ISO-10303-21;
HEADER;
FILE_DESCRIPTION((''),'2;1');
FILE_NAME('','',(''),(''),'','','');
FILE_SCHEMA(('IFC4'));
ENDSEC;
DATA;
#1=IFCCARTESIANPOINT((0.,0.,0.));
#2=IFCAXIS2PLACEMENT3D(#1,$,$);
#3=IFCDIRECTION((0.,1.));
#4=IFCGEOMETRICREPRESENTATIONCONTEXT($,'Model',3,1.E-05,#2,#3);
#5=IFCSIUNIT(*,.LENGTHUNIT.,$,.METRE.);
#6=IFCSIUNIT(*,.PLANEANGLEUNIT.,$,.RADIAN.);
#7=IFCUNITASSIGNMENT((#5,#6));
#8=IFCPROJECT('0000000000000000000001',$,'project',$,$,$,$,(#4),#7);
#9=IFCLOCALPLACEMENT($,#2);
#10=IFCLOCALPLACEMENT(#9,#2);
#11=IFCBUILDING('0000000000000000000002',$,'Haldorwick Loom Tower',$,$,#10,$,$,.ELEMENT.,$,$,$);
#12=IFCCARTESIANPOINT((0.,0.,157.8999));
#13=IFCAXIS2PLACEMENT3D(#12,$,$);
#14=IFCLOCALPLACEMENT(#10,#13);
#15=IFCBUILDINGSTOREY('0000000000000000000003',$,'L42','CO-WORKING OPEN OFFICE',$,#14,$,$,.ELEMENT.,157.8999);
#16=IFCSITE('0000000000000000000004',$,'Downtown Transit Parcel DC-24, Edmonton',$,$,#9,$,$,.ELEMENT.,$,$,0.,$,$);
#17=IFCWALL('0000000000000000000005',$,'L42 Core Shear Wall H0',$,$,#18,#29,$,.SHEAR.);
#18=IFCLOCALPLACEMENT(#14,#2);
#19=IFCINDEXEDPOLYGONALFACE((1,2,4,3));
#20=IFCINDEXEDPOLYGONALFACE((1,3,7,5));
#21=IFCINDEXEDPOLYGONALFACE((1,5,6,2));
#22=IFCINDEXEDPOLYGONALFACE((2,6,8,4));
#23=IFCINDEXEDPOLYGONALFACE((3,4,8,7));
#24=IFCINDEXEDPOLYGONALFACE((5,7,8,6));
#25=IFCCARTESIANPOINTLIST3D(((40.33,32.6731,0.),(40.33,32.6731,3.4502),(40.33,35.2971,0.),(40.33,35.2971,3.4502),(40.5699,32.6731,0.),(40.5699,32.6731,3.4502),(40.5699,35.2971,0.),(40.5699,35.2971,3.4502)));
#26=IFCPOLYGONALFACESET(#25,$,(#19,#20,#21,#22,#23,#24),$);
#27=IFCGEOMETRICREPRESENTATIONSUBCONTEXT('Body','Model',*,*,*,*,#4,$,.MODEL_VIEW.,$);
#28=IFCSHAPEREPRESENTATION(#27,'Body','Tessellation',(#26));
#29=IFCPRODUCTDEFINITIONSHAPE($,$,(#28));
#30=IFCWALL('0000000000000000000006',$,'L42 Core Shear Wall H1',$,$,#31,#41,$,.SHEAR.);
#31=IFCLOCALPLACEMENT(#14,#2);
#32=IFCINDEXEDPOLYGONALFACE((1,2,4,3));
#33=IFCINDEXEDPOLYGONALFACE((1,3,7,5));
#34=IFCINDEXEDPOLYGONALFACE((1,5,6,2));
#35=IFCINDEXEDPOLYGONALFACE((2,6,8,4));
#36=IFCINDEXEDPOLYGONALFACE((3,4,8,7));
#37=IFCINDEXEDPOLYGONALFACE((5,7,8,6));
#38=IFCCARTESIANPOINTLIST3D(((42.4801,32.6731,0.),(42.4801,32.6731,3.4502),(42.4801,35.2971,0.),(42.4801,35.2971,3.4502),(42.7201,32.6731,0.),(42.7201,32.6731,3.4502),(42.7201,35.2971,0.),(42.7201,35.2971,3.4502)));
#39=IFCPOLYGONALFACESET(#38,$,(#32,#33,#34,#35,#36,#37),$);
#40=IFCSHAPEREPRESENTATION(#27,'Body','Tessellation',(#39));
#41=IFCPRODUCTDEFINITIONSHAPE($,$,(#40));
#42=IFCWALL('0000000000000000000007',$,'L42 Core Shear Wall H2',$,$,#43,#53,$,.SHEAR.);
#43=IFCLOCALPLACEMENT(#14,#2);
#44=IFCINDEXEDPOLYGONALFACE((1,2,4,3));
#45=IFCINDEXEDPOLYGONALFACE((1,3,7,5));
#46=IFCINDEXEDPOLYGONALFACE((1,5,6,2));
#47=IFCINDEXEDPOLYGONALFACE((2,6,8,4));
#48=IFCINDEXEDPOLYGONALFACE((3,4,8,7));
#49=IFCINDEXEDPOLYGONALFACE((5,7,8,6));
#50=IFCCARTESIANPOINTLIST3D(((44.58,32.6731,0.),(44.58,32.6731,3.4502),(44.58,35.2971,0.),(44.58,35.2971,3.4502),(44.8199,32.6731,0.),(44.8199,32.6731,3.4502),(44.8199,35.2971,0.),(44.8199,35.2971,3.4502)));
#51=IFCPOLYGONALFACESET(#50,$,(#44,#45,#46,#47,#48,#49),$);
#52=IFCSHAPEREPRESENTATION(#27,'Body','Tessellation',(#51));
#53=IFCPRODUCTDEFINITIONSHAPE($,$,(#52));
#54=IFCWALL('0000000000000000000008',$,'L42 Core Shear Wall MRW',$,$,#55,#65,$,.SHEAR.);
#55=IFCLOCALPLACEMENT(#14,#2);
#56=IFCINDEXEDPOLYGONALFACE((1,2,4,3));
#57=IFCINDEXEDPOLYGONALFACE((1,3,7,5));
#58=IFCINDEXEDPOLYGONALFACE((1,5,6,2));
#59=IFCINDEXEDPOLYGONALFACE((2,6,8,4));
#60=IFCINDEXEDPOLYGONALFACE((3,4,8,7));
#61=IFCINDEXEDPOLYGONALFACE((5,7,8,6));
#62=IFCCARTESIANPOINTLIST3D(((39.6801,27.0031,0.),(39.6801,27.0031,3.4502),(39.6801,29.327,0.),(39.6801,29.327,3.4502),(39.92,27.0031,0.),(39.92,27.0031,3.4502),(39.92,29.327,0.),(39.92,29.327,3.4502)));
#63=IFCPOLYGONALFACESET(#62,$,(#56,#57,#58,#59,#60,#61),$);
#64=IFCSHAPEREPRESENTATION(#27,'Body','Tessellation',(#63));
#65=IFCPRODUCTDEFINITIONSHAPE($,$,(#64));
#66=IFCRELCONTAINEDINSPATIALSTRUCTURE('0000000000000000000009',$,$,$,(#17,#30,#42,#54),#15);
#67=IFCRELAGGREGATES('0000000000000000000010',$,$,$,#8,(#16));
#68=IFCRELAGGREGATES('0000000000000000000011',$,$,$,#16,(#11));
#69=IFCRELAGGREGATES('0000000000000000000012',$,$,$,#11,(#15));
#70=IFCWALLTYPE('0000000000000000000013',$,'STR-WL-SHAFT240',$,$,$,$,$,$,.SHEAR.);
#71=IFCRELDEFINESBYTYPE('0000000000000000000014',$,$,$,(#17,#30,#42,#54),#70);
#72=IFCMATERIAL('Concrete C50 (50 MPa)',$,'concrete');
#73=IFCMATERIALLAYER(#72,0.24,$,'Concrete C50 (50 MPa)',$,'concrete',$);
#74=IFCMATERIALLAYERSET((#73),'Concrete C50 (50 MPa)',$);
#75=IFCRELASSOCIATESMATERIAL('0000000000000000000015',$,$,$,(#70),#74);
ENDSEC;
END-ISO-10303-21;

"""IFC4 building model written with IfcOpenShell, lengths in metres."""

from ifc_helpers import new_model, si_unit, direction, frame, frame_2d, origin, place, context, subcontext, project, spatial, rectangle, extrude, material, layer, layer_set, type_object, element, save


model = new_model("IFC4")

# Units and contexts
model_context = context("Model", 3, precision=1e-05, world=origin(), true_north=direction((0.0, 1.0)))
body_context = subcontext(model_context, "Body", "Model", "MODEL_VIEW")
ifc_project = project(units=[si_unit("LENGTHUNIT", "METRE"), si_unit("PLANEANGLEUNIT", "RADIAN")], contexts=[model_context])

# Site, building, storey
site_placement = place(None, origin())
site = spatial("IfcSite", under=ifc_project, at=site_placement, Name="Downtown Transit Parcel DC-24, Edmonton", CompositionType="ELEMENT", RefElevation=0.0)
building_placement = place(site_placement, origin())
building = spatial("IfcBuilding", under=site, at=building_placement, Name="Haldorwick Loom Tower", CompositionType="ELEMENT")
storey_placement = place(building_placement, frame((0.0, 0.0, 157.8999)))
storey = spatial("IfcBuildingStorey", under=building, at=storey_placement, Name="L42", Description="CO-WORKING OPEN OFFICE", CompositionType="ELEMENT", Elevation=157.8999)

# Shared definitions
ifc_material_1 = material(Name="Concrete C50 (50 MPa)", Category="concrete")
ifc_layer_1 = layer(ifc_material_1, 0.24, Name="Concrete C50 (50 MPa)", Category="concrete")
ifc_layer_set_1 = layer_set([ifc_layer_1], Name="Concrete C50 (50 MPa)")
wall_type_1 = type_object("IfcWallType", Name="STR-WL-SHAFT240", PredefinedType="SHEAR", material=ifc_layer_set_1)

# Walls
for number, where, z_axis, x_axis, name in (
    (1, (40.45, 32.6731, 0.0), (0.0, 0.0, 1.0), (0.0, 1.0, 0.0), "L42 Core Shear Wall H0"),
    (2, (42.6001, 32.6731, 0.0), (0.0, 0.0, 1.0), (0.0, 1.0, 0.0), "L42 Core Shear Wall H1"),
    (3, (44.7, 32.6731, 0.0), (0.0, 0.0, 1.0), (0.0, 1.0, 0.0), "L42 Core Shear Wall H2"),
):
    element("IfcWall", number, at=place(storey_placement, frame(where, z_axis=z_axis, x_axis=x_axis)), inside=storey, type_object=wall_type_1, Name=name, PredefinedType="SHEAR", context=body_context, shape_type="SweptSolid", body=[
        extrude(rectangle(XDim=2.624, YDim=0.24, at=frame_2d((1.312, 0.0))), origin(), (0.0, 0.0, 1.0), 3.4502),
    ])
wall_1_placement = place(storey_placement, frame((39.8, 27.0029, 0.0), z_axis=(0.0, 0.0, 1.0), x_axis=(0.0, 1.0, 0.0)))
element("IfcWall", 4, at=wall_1_placement, inside=storey, type_object=wall_type_1, Name="L42 Core Shear Wall MRW", PredefinedType="SHEAR", context=body_context, shape_type="SweptSolid", body=[
    extrude(rectangle(XDim=2.324, YDim=0.24, at=frame_2d((1.1621, 0.0))), origin(), (0.0, 0.0, 1.0), 3.4502),
])

save(model, "model.ifc")
